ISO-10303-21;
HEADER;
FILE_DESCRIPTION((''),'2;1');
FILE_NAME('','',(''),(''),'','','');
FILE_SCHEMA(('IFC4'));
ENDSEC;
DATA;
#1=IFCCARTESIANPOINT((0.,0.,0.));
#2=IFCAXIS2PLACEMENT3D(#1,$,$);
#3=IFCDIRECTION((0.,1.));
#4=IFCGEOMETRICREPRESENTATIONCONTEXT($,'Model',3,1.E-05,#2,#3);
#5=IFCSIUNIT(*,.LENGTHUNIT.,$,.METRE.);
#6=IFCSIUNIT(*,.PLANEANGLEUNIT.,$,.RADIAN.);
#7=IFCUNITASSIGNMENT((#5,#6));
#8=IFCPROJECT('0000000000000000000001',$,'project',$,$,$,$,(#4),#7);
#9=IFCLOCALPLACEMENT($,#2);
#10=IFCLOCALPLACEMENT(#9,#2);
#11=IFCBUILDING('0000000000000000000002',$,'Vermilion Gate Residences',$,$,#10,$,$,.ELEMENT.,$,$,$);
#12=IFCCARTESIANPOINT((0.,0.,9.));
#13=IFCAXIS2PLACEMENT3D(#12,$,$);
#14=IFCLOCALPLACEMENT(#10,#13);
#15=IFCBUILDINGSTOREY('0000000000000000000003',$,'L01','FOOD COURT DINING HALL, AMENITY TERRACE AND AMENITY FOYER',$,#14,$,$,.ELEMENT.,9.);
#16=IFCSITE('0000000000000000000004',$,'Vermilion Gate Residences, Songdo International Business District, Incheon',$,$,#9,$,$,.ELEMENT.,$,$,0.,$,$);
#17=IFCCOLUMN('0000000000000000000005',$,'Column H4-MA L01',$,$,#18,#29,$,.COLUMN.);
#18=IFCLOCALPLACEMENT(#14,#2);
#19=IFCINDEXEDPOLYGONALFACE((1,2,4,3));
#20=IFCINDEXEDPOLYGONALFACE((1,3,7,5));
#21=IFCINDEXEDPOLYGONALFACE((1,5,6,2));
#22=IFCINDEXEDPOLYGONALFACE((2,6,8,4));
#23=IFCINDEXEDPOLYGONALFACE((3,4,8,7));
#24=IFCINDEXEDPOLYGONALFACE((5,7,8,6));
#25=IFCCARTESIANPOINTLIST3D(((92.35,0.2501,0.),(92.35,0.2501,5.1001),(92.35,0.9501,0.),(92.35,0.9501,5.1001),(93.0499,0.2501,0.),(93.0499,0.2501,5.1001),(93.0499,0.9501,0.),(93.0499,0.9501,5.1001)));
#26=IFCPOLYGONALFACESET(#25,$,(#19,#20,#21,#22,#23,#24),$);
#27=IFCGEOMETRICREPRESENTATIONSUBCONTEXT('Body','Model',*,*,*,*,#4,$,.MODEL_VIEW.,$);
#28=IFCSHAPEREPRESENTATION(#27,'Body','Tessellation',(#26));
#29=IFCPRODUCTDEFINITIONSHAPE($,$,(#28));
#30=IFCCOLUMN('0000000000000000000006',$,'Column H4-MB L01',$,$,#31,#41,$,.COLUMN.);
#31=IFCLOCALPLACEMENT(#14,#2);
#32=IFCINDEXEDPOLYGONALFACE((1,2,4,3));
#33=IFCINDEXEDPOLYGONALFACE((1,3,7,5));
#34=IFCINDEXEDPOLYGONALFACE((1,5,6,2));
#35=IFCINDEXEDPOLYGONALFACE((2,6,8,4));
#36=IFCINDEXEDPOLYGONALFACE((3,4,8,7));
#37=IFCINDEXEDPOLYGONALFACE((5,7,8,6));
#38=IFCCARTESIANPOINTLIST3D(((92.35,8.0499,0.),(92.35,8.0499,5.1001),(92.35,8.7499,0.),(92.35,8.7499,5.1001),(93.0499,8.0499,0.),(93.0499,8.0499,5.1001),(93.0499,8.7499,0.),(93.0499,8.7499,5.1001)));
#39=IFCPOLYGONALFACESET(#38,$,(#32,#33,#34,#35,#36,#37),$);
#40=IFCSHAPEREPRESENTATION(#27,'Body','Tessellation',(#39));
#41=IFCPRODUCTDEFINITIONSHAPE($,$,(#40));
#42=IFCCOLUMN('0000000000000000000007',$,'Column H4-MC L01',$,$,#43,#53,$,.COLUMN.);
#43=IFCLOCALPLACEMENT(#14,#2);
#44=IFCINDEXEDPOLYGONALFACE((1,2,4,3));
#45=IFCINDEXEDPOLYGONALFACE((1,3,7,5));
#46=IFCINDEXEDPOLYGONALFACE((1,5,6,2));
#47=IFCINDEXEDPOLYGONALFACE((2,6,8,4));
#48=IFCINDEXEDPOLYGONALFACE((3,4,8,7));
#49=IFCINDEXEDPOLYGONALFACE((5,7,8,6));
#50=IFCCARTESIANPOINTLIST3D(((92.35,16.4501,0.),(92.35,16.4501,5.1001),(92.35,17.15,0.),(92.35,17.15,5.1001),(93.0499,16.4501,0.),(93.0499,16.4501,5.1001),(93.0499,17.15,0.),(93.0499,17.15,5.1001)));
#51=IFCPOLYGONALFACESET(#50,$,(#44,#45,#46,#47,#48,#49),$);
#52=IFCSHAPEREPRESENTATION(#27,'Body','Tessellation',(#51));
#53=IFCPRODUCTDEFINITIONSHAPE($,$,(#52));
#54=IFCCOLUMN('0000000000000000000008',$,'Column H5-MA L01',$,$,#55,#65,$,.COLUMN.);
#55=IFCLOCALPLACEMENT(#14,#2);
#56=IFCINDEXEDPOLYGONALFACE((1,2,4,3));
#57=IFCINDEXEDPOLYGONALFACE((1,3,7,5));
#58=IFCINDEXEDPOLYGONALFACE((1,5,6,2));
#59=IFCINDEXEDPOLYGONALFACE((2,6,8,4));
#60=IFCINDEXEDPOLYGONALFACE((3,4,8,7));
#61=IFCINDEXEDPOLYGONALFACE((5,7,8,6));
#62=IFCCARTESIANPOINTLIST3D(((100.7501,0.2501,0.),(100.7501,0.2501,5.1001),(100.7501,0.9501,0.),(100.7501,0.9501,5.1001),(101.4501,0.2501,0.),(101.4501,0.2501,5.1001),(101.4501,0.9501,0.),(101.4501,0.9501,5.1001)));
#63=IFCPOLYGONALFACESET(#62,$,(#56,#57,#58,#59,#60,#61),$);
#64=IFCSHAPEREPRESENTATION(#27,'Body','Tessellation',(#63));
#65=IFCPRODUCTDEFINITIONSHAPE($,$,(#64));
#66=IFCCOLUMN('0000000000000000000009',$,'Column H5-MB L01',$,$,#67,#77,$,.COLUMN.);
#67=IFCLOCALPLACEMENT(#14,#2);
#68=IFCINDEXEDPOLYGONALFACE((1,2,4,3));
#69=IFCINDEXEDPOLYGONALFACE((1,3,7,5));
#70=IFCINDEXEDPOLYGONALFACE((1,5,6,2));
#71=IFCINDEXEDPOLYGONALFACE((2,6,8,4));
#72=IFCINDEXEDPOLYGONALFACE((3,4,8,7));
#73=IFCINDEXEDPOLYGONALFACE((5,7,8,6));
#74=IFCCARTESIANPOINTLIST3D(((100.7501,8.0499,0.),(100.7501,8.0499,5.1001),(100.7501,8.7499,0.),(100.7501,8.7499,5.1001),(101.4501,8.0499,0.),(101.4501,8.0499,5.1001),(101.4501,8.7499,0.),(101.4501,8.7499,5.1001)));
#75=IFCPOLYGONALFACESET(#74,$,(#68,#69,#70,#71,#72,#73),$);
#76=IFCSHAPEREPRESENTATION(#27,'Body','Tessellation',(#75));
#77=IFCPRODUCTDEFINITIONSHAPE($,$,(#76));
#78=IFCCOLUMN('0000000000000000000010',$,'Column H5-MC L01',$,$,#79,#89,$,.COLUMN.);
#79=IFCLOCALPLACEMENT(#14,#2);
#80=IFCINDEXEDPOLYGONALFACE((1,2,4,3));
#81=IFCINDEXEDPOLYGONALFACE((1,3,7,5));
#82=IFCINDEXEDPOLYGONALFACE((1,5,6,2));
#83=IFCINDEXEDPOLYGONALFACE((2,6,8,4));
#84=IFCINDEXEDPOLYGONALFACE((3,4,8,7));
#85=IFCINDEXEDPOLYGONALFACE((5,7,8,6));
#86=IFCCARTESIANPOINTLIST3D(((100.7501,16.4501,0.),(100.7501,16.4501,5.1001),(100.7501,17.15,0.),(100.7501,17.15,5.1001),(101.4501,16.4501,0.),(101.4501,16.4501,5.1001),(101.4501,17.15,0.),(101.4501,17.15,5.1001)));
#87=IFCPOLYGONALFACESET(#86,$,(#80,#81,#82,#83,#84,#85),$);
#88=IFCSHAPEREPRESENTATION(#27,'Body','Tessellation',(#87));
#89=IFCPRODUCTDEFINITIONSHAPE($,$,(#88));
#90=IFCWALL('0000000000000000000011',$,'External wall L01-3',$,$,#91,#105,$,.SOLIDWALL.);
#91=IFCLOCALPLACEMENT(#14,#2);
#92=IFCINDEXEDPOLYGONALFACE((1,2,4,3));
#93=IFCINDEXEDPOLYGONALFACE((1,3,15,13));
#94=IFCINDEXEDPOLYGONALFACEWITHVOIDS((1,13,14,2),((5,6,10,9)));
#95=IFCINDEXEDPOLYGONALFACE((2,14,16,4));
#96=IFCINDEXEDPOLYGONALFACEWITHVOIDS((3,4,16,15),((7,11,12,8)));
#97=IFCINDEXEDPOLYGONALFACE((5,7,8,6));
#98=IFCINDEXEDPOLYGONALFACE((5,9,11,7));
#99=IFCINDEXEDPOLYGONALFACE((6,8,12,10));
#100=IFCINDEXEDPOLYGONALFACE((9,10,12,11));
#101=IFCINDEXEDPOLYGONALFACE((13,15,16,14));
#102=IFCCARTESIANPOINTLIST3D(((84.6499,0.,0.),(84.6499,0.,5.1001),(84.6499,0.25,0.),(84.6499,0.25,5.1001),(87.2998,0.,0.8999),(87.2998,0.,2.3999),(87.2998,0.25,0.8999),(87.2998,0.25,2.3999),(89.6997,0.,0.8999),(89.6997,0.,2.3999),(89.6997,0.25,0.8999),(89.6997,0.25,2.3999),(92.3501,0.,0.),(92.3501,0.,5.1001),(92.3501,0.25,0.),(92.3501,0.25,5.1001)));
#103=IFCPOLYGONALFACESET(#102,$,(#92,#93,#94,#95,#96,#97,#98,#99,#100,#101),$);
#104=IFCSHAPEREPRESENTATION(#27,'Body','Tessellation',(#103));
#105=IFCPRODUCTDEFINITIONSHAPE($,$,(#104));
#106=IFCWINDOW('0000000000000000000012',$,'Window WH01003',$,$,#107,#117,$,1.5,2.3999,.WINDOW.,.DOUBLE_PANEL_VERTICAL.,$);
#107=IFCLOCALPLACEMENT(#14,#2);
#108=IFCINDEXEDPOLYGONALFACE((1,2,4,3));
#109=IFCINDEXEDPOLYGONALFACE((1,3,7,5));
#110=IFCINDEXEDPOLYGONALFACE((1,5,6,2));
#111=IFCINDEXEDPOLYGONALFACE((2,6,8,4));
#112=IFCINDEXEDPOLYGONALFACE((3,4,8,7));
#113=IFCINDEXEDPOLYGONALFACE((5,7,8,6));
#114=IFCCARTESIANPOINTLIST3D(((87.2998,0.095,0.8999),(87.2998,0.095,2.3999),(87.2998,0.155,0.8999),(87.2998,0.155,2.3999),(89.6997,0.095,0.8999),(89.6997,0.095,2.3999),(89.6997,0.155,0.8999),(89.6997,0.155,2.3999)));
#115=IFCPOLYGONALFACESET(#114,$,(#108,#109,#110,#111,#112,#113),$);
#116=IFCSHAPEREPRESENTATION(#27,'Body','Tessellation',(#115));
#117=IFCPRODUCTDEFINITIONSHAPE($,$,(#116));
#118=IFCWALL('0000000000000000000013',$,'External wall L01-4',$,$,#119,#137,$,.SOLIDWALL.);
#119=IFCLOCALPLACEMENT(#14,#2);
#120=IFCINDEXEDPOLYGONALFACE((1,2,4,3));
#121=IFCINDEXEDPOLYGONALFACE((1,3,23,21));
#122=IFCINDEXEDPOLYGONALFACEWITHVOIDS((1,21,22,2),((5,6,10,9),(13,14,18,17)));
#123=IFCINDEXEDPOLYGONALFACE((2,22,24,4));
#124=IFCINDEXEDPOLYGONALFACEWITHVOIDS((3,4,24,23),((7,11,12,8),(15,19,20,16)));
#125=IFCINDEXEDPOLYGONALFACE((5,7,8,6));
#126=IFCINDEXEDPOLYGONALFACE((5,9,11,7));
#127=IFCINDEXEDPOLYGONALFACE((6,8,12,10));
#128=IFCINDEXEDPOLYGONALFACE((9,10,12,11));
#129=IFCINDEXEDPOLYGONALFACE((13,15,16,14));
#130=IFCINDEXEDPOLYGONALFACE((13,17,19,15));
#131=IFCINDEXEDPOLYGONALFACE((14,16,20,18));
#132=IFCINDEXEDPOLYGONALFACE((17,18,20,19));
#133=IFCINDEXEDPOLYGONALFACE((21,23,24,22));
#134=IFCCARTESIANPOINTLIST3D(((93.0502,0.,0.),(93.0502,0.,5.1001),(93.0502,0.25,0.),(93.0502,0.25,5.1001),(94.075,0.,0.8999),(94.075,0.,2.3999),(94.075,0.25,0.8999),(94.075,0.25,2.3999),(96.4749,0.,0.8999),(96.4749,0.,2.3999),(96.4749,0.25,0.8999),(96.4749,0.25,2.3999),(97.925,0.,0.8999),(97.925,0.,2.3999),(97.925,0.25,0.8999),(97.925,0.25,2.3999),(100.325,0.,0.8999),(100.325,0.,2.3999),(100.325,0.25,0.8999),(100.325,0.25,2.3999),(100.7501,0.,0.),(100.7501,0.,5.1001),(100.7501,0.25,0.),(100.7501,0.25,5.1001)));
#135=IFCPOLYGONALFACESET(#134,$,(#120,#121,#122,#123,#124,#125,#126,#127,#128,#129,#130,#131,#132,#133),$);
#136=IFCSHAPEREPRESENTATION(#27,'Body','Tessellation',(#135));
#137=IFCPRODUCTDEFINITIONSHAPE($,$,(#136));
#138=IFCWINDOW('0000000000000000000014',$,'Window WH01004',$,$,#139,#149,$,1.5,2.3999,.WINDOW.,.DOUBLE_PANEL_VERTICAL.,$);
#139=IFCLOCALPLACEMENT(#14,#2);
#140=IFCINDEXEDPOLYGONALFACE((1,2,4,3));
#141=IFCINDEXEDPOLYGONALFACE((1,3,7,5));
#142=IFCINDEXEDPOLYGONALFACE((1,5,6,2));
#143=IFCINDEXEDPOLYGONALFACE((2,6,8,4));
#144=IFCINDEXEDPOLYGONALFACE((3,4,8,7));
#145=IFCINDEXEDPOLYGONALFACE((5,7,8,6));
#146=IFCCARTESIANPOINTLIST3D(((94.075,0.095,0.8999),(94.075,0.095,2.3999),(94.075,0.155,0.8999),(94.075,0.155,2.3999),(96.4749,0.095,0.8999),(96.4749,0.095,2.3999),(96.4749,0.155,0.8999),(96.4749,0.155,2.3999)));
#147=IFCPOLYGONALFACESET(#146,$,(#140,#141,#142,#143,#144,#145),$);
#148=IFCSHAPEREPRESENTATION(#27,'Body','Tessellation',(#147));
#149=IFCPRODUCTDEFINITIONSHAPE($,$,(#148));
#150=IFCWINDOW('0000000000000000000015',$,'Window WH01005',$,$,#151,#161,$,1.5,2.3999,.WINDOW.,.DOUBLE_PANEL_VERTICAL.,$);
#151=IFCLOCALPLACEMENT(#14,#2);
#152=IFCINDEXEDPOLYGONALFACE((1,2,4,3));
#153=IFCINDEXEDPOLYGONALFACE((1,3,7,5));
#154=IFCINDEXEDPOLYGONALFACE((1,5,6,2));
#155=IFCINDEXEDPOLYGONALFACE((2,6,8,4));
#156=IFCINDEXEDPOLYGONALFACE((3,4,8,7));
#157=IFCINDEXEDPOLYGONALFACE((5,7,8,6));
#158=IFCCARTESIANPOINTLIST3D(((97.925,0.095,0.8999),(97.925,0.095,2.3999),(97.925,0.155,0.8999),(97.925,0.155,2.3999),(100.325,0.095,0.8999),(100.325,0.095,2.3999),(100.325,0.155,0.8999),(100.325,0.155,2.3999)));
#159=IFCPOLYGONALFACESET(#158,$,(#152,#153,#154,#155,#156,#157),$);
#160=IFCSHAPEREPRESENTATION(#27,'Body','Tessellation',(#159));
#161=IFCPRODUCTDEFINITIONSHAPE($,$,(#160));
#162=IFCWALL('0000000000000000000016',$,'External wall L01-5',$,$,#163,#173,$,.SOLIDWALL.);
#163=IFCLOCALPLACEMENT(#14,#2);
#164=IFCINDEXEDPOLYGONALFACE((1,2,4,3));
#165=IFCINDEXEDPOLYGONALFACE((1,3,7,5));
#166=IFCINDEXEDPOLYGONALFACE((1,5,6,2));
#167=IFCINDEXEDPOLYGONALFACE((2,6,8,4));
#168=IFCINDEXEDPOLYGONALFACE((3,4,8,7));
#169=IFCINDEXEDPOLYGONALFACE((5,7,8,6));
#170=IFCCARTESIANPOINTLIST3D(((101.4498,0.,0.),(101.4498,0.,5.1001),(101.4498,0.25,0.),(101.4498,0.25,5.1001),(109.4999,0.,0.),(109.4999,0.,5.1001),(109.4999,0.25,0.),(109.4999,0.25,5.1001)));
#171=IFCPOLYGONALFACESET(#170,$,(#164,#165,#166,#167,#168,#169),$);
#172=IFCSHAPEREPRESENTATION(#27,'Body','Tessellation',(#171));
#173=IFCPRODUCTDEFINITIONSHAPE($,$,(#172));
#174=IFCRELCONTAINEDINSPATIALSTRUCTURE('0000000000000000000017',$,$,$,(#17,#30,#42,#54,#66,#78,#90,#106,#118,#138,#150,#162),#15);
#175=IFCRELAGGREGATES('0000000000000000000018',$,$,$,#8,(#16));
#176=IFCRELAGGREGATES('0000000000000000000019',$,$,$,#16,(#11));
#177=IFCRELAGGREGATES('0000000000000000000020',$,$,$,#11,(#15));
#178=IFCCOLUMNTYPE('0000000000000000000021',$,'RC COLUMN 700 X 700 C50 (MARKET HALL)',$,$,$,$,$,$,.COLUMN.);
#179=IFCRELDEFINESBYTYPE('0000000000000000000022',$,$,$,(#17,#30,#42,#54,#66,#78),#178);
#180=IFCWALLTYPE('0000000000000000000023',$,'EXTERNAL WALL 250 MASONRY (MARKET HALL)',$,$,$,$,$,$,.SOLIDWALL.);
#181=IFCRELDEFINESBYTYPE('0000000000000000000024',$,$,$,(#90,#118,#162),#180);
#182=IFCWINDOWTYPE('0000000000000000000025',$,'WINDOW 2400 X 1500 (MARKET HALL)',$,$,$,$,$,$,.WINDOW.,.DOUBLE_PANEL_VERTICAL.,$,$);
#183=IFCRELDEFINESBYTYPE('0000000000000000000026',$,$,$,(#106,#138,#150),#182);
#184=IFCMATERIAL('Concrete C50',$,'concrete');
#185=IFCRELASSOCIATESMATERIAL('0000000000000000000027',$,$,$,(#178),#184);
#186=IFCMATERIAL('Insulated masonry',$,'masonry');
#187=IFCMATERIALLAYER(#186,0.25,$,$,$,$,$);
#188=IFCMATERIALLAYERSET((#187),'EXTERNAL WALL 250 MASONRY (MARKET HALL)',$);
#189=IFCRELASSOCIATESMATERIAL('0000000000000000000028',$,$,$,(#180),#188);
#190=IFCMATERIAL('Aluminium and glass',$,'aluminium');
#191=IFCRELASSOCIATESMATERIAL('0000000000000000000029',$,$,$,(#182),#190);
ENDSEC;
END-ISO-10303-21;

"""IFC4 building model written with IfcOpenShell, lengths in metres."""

from ifc_helpers import new_model, si_unit, direction, frame, frame_2d, origin, origin_2d, place, context, subcontext, project, spatial, rectangle, extrude, material, layer, layer_set, material_profile, profile_set, type_object, element, fill, save


model = new_model("IFC4")

# Units and contexts
model_context = context("Model", 3, precision=1e-05, world=origin(), true_north=direction((0.0, 1.0)))
body_context = subcontext(model_context, "Body", "Model", "MODEL_VIEW")
ifc_project = project(units=[si_unit("LENGTHUNIT", "METRE"), si_unit("PLANEANGLEUNIT", "RADIAN")], contexts=[model_context])

# Site, building, storey
site_placement = place(None, origin())
site = spatial("IfcSite", under=ifc_project, at=site_placement, Name="Vermilion Gate Residences, Songdo International Business District, Incheon", CompositionType="ELEMENT", RefElevation=0.0)
building_placement = place(site_placement, origin())
building = spatial("IfcBuilding", under=site, at=building_placement, Name="Vermilion Gate Residences", CompositionType="ELEMENT")
storey_placement = place(building_placement, frame((0.0, 0.0, 9.0)))
storey = spatial("IfcBuildingStorey", under=building, at=storey_placement, Name="L01", Description="FOOD COURT DINING HALL, AMENITY TERRACE AND AMENITY FOYER", CompositionType="ELEMENT", Elevation=9.0)

# Columns
ifc_material_1 = material(Name="Concrete C50", Category="concrete")
ifc_material_profile = material_profile(ifc_material_1, rectangle(XDim=0.7, YDim=0.7, at=origin_2d()), Name="RC COLUMN 700 X 700 C50 (MARKET HALL)")
ifc_profile_set = profile_set([ifc_material_profile], Name="Concrete C50")
column_type = type_object("IfcColumnType", Name="RC COLUMN 700 X 700 C50 (MARKET HALL)", PredefinedType="COLUMN", material=ifc_profile_set)
for number, where, z_axis, x_axis, name in (
    (1, (92.7, 0.6001, 0.0), (0.0, 0.0, 1.0), (1.0, 0.0, 0.0), "Column H4-MA L01"),
    (2, (92.7, 8.3999, 0.0), (0.0, 0.0, 1.0), (1.0, 0.0, 0.0), "Column H4-MB L01"),
    (3, (92.7, 16.8, 0.0), (0.0, 0.0, 1.0), (1.0, 0.0, 0.0), "Column H4-MC L01"),
    (4, (101.1001, 0.6001, 0.0), (0.0, 0.0, 1.0), (1.0, 0.0, 0.0), "Column H5-MA L01"),
    (5, (101.1001, 8.3999, 0.0), (0.0, 0.0, 1.0), (1.0, 0.0, 0.0), "Column H5-MB L01"),
    (6, (101.1001, 16.8, 0.0), (0.0, 0.0, 1.0), (1.0, 0.0, 0.0), "Column H5-MC L01"),
):
    element("IfcColumn", number, at=place(storey_placement, frame(where, z_axis=z_axis, x_axis=x_axis)), inside=storey, type_object=column_type, Name=name, PredefinedType="COLUMN", context=body_context, shape_type="SweptSolid", body=[
        extrude(rectangle(XDim=0.7, YDim=0.7, at=origin_2d()), origin(), (0.0, 0.0, 1.0), 5.1001),
    ])

# Wall, opening, window
ifc_material_2 = material(Name="Insulated masonry", Category="masonry")
ifc_layer_1 = layer(ifc_material_2, 0.25)
ifc_layer_set_1 = layer_set([ifc_layer_1], Name="EXTERNAL WALL 250 MASONRY (MARKET HALL)")
wall_type_1 = type_object("IfcWallType", Name="EXTERNAL WALL 250 MASONRY (MARKET HALL)", PredefinedType="SOLIDWALL", material=ifc_layer_set_1)
wall_1_placement = place(storey_placement, frame((84.6499, 0.125, 0.0), z_axis=(0.0, 0.0, 1.0), x_axis=(1.0, 0.0, 0.0)))
wall_1 = element("IfcWall", 7, at=wall_1_placement, inside=storey, type_object=wall_type_1, Name="External wall L01-3", PredefinedType="SOLIDWALL", context=body_context, shape_type="SweptSolid", body=[
    extrude(rectangle(XDim=7.7002, YDim=0.25, at=frame_2d((3.8501, 0.0))), origin(), (0.0, 0.0, 1.0), 5.1001),
])
opening_1_placement = place(wall_1_placement, frame((2.6499, 0.0, 0.8999)))
opening_1 = element("IfcOpeningElement", 8, at=opening_1_placement, cuts=wall_1, PredefinedType="OPENING", context=body_context, shape_type="SweptSolid", body=[
    extrude(rectangle(XDim=2.3999, YDim=1.5, at=frame_2d((1.2, 0.75))), frame((0.0, 0.135, 0.0), z_axis=(0.0, -1.0, 0.0), x_axis=(1.0, 0.0, 0.0)), (0.0, 0.0, 1.0), 0.27),
])
ifc_material_3 = material(Name="Aluminium and glass", Category="aluminium")
window_type = type_object("IfcWindowType", Name="WINDOW 2400 X 1500 (MARKET HALL)", PartitioningType="DOUBLE_PANEL_VERTICAL", PredefinedType="WINDOW", material=ifc_material_3)
window_1_placement = place(opening_1_placement, origin())
window_1 = element("IfcWindow", 9, at=window_1_placement, inside=storey, type_object=window_type, Name="Window WH01003", OverallHeight=1.5, OverallWidth=2.3999, PartitioningType="DOUBLE_PANEL_VERTICAL", PredefinedType="WINDOW", context=body_context, shape_type="SweptSolid", body=[
    extrude(rectangle(XDim=2.3999, YDim=1.5, at=frame_2d((1.2, 0.75))), frame((0.0, 0.03, 0.0), z_axis=(0.0, -1.0, 0.0), x_axis=(1.0, 0.0, 0.0)), (0.0, 0.0, 1.0), 0.0601),
])
fill(opening_1, window_1)

# Wall, openings, windows
wall_2_placement = place(storey_placement, frame((93.05, 0.125, 0.0), z_axis=(0.0, 0.0, 1.0), x_axis=(1.0, 0.0, 0.0)))
wall_2 = element("IfcWall", 10, at=wall_2_placement, inside=storey, type_object=wall_type_1, Name="External wall L01-4", PredefinedType="SOLIDWALL", context=body_context, shape_type="SweptSolid", body=[
    extrude(rectangle(XDim=7.7, YDim=0.25, at=frame_2d((3.8501, 0.0))), origin(), (0.0, 0.0, 1.0), 5.1001),
])
opening_2_placement = place(wall_2_placement, frame((1.0249, 0.0, 0.8999)))
opening_2 = element("IfcOpeningElement", 11, at=opening_2_placement, cuts=wall_2, PredefinedType="OPENING", context=body_context, shape_type="SweptSolid", body=[
    extrude(rectangle(XDim=2.3999, YDim=1.5, at=frame_2d((1.2, 0.75))), frame((0.0, 0.135, 0.0), z_axis=(0.0, -1.0, 0.0), x_axis=(1.0, 0.0, 0.0)), (0.0, 0.0, 1.0), 0.27),
])
opening_3_placement = place(wall_2_placement, frame((4.875, 0.0, 0.8999)))
opening_3 = element("IfcOpeningElement", 12, at=opening_3_placement, cuts=wall_2, PredefinedType="OPENING", context=body_context, shape_type="SweptSolid", body=[
    extrude(rectangle(XDim=2.3999, YDim=1.5, at=frame_2d((1.2, 0.75))), frame((0.0, 0.135, 0.0), z_axis=(0.0, -1.0, 0.0), x_axis=(1.0, 0.0, 0.0)), (0.0, 0.0, 1.0), 0.27),
])
window_2_placement = place(opening_2_placement, origin())
window_2 = element("IfcWindow", 13, at=window_2_placement, inside=storey, type_object=window_type, Name="Window WH01004", OverallHeight=1.5, OverallWidth=2.3999, PartitioningType="DOUBLE_PANEL_VERTICAL", PredefinedType="WINDOW", context=body_context, shape_type="SweptSolid", body=[
    extrude(rectangle(XDim=2.3999, YDim=1.5, at=frame_2d((1.2, 0.75))), frame((0.0, 0.03, 0.0), z_axis=(0.0, -1.0, 0.0), x_axis=(1.0, 0.0, 0.0)), (0.0, 0.0, 1.0), 0.0601),
])
fill(opening_2, window_2)
window_3_placement = place(opening_3_placement, origin())
window_3 = element("IfcWindow", 14, at=window_3_placement, inside=storey, type_object=window_type, Name="Window WH01005", OverallHeight=1.5, OverallWidth=2.3999, PartitioningType="DOUBLE_PANEL_VERTICAL", PredefinedType="WINDOW", context=body_context, shape_type="SweptSolid", body=[
    extrude(rectangle(XDim=2.3999, YDim=1.5, at=frame_2d((1.2, 0.75))), frame((0.0, 0.03, 0.0), z_axis=(0.0, -1.0, 0.0), x_axis=(1.0, 0.0, 0.0)), (0.0, 0.0, 1.0), 0.0601),
])
fill(opening_3, window_3)

# Wall
wall_3_placement = place(storey_placement, frame((101.45, 0.125, 0.0), z_axis=(0.0, 0.0, 1.0), x_axis=(1.0, 0.0, 0.0)))
element("IfcWall", 15, at=wall_3_placement, inside=storey, type_object=wall_type_1, Name="External wall L01-5", PredefinedType="SOLIDWALL", context=body_context, shape_type="SweptSolid", body=[
    extrude(rectangle(XDim=8.05, YDim=0.25, at=frame_2d((4.0249, 0.0))), origin(), (0.0, 0.0, 1.0), 5.1001),
])

save(model, "model.ifc")
